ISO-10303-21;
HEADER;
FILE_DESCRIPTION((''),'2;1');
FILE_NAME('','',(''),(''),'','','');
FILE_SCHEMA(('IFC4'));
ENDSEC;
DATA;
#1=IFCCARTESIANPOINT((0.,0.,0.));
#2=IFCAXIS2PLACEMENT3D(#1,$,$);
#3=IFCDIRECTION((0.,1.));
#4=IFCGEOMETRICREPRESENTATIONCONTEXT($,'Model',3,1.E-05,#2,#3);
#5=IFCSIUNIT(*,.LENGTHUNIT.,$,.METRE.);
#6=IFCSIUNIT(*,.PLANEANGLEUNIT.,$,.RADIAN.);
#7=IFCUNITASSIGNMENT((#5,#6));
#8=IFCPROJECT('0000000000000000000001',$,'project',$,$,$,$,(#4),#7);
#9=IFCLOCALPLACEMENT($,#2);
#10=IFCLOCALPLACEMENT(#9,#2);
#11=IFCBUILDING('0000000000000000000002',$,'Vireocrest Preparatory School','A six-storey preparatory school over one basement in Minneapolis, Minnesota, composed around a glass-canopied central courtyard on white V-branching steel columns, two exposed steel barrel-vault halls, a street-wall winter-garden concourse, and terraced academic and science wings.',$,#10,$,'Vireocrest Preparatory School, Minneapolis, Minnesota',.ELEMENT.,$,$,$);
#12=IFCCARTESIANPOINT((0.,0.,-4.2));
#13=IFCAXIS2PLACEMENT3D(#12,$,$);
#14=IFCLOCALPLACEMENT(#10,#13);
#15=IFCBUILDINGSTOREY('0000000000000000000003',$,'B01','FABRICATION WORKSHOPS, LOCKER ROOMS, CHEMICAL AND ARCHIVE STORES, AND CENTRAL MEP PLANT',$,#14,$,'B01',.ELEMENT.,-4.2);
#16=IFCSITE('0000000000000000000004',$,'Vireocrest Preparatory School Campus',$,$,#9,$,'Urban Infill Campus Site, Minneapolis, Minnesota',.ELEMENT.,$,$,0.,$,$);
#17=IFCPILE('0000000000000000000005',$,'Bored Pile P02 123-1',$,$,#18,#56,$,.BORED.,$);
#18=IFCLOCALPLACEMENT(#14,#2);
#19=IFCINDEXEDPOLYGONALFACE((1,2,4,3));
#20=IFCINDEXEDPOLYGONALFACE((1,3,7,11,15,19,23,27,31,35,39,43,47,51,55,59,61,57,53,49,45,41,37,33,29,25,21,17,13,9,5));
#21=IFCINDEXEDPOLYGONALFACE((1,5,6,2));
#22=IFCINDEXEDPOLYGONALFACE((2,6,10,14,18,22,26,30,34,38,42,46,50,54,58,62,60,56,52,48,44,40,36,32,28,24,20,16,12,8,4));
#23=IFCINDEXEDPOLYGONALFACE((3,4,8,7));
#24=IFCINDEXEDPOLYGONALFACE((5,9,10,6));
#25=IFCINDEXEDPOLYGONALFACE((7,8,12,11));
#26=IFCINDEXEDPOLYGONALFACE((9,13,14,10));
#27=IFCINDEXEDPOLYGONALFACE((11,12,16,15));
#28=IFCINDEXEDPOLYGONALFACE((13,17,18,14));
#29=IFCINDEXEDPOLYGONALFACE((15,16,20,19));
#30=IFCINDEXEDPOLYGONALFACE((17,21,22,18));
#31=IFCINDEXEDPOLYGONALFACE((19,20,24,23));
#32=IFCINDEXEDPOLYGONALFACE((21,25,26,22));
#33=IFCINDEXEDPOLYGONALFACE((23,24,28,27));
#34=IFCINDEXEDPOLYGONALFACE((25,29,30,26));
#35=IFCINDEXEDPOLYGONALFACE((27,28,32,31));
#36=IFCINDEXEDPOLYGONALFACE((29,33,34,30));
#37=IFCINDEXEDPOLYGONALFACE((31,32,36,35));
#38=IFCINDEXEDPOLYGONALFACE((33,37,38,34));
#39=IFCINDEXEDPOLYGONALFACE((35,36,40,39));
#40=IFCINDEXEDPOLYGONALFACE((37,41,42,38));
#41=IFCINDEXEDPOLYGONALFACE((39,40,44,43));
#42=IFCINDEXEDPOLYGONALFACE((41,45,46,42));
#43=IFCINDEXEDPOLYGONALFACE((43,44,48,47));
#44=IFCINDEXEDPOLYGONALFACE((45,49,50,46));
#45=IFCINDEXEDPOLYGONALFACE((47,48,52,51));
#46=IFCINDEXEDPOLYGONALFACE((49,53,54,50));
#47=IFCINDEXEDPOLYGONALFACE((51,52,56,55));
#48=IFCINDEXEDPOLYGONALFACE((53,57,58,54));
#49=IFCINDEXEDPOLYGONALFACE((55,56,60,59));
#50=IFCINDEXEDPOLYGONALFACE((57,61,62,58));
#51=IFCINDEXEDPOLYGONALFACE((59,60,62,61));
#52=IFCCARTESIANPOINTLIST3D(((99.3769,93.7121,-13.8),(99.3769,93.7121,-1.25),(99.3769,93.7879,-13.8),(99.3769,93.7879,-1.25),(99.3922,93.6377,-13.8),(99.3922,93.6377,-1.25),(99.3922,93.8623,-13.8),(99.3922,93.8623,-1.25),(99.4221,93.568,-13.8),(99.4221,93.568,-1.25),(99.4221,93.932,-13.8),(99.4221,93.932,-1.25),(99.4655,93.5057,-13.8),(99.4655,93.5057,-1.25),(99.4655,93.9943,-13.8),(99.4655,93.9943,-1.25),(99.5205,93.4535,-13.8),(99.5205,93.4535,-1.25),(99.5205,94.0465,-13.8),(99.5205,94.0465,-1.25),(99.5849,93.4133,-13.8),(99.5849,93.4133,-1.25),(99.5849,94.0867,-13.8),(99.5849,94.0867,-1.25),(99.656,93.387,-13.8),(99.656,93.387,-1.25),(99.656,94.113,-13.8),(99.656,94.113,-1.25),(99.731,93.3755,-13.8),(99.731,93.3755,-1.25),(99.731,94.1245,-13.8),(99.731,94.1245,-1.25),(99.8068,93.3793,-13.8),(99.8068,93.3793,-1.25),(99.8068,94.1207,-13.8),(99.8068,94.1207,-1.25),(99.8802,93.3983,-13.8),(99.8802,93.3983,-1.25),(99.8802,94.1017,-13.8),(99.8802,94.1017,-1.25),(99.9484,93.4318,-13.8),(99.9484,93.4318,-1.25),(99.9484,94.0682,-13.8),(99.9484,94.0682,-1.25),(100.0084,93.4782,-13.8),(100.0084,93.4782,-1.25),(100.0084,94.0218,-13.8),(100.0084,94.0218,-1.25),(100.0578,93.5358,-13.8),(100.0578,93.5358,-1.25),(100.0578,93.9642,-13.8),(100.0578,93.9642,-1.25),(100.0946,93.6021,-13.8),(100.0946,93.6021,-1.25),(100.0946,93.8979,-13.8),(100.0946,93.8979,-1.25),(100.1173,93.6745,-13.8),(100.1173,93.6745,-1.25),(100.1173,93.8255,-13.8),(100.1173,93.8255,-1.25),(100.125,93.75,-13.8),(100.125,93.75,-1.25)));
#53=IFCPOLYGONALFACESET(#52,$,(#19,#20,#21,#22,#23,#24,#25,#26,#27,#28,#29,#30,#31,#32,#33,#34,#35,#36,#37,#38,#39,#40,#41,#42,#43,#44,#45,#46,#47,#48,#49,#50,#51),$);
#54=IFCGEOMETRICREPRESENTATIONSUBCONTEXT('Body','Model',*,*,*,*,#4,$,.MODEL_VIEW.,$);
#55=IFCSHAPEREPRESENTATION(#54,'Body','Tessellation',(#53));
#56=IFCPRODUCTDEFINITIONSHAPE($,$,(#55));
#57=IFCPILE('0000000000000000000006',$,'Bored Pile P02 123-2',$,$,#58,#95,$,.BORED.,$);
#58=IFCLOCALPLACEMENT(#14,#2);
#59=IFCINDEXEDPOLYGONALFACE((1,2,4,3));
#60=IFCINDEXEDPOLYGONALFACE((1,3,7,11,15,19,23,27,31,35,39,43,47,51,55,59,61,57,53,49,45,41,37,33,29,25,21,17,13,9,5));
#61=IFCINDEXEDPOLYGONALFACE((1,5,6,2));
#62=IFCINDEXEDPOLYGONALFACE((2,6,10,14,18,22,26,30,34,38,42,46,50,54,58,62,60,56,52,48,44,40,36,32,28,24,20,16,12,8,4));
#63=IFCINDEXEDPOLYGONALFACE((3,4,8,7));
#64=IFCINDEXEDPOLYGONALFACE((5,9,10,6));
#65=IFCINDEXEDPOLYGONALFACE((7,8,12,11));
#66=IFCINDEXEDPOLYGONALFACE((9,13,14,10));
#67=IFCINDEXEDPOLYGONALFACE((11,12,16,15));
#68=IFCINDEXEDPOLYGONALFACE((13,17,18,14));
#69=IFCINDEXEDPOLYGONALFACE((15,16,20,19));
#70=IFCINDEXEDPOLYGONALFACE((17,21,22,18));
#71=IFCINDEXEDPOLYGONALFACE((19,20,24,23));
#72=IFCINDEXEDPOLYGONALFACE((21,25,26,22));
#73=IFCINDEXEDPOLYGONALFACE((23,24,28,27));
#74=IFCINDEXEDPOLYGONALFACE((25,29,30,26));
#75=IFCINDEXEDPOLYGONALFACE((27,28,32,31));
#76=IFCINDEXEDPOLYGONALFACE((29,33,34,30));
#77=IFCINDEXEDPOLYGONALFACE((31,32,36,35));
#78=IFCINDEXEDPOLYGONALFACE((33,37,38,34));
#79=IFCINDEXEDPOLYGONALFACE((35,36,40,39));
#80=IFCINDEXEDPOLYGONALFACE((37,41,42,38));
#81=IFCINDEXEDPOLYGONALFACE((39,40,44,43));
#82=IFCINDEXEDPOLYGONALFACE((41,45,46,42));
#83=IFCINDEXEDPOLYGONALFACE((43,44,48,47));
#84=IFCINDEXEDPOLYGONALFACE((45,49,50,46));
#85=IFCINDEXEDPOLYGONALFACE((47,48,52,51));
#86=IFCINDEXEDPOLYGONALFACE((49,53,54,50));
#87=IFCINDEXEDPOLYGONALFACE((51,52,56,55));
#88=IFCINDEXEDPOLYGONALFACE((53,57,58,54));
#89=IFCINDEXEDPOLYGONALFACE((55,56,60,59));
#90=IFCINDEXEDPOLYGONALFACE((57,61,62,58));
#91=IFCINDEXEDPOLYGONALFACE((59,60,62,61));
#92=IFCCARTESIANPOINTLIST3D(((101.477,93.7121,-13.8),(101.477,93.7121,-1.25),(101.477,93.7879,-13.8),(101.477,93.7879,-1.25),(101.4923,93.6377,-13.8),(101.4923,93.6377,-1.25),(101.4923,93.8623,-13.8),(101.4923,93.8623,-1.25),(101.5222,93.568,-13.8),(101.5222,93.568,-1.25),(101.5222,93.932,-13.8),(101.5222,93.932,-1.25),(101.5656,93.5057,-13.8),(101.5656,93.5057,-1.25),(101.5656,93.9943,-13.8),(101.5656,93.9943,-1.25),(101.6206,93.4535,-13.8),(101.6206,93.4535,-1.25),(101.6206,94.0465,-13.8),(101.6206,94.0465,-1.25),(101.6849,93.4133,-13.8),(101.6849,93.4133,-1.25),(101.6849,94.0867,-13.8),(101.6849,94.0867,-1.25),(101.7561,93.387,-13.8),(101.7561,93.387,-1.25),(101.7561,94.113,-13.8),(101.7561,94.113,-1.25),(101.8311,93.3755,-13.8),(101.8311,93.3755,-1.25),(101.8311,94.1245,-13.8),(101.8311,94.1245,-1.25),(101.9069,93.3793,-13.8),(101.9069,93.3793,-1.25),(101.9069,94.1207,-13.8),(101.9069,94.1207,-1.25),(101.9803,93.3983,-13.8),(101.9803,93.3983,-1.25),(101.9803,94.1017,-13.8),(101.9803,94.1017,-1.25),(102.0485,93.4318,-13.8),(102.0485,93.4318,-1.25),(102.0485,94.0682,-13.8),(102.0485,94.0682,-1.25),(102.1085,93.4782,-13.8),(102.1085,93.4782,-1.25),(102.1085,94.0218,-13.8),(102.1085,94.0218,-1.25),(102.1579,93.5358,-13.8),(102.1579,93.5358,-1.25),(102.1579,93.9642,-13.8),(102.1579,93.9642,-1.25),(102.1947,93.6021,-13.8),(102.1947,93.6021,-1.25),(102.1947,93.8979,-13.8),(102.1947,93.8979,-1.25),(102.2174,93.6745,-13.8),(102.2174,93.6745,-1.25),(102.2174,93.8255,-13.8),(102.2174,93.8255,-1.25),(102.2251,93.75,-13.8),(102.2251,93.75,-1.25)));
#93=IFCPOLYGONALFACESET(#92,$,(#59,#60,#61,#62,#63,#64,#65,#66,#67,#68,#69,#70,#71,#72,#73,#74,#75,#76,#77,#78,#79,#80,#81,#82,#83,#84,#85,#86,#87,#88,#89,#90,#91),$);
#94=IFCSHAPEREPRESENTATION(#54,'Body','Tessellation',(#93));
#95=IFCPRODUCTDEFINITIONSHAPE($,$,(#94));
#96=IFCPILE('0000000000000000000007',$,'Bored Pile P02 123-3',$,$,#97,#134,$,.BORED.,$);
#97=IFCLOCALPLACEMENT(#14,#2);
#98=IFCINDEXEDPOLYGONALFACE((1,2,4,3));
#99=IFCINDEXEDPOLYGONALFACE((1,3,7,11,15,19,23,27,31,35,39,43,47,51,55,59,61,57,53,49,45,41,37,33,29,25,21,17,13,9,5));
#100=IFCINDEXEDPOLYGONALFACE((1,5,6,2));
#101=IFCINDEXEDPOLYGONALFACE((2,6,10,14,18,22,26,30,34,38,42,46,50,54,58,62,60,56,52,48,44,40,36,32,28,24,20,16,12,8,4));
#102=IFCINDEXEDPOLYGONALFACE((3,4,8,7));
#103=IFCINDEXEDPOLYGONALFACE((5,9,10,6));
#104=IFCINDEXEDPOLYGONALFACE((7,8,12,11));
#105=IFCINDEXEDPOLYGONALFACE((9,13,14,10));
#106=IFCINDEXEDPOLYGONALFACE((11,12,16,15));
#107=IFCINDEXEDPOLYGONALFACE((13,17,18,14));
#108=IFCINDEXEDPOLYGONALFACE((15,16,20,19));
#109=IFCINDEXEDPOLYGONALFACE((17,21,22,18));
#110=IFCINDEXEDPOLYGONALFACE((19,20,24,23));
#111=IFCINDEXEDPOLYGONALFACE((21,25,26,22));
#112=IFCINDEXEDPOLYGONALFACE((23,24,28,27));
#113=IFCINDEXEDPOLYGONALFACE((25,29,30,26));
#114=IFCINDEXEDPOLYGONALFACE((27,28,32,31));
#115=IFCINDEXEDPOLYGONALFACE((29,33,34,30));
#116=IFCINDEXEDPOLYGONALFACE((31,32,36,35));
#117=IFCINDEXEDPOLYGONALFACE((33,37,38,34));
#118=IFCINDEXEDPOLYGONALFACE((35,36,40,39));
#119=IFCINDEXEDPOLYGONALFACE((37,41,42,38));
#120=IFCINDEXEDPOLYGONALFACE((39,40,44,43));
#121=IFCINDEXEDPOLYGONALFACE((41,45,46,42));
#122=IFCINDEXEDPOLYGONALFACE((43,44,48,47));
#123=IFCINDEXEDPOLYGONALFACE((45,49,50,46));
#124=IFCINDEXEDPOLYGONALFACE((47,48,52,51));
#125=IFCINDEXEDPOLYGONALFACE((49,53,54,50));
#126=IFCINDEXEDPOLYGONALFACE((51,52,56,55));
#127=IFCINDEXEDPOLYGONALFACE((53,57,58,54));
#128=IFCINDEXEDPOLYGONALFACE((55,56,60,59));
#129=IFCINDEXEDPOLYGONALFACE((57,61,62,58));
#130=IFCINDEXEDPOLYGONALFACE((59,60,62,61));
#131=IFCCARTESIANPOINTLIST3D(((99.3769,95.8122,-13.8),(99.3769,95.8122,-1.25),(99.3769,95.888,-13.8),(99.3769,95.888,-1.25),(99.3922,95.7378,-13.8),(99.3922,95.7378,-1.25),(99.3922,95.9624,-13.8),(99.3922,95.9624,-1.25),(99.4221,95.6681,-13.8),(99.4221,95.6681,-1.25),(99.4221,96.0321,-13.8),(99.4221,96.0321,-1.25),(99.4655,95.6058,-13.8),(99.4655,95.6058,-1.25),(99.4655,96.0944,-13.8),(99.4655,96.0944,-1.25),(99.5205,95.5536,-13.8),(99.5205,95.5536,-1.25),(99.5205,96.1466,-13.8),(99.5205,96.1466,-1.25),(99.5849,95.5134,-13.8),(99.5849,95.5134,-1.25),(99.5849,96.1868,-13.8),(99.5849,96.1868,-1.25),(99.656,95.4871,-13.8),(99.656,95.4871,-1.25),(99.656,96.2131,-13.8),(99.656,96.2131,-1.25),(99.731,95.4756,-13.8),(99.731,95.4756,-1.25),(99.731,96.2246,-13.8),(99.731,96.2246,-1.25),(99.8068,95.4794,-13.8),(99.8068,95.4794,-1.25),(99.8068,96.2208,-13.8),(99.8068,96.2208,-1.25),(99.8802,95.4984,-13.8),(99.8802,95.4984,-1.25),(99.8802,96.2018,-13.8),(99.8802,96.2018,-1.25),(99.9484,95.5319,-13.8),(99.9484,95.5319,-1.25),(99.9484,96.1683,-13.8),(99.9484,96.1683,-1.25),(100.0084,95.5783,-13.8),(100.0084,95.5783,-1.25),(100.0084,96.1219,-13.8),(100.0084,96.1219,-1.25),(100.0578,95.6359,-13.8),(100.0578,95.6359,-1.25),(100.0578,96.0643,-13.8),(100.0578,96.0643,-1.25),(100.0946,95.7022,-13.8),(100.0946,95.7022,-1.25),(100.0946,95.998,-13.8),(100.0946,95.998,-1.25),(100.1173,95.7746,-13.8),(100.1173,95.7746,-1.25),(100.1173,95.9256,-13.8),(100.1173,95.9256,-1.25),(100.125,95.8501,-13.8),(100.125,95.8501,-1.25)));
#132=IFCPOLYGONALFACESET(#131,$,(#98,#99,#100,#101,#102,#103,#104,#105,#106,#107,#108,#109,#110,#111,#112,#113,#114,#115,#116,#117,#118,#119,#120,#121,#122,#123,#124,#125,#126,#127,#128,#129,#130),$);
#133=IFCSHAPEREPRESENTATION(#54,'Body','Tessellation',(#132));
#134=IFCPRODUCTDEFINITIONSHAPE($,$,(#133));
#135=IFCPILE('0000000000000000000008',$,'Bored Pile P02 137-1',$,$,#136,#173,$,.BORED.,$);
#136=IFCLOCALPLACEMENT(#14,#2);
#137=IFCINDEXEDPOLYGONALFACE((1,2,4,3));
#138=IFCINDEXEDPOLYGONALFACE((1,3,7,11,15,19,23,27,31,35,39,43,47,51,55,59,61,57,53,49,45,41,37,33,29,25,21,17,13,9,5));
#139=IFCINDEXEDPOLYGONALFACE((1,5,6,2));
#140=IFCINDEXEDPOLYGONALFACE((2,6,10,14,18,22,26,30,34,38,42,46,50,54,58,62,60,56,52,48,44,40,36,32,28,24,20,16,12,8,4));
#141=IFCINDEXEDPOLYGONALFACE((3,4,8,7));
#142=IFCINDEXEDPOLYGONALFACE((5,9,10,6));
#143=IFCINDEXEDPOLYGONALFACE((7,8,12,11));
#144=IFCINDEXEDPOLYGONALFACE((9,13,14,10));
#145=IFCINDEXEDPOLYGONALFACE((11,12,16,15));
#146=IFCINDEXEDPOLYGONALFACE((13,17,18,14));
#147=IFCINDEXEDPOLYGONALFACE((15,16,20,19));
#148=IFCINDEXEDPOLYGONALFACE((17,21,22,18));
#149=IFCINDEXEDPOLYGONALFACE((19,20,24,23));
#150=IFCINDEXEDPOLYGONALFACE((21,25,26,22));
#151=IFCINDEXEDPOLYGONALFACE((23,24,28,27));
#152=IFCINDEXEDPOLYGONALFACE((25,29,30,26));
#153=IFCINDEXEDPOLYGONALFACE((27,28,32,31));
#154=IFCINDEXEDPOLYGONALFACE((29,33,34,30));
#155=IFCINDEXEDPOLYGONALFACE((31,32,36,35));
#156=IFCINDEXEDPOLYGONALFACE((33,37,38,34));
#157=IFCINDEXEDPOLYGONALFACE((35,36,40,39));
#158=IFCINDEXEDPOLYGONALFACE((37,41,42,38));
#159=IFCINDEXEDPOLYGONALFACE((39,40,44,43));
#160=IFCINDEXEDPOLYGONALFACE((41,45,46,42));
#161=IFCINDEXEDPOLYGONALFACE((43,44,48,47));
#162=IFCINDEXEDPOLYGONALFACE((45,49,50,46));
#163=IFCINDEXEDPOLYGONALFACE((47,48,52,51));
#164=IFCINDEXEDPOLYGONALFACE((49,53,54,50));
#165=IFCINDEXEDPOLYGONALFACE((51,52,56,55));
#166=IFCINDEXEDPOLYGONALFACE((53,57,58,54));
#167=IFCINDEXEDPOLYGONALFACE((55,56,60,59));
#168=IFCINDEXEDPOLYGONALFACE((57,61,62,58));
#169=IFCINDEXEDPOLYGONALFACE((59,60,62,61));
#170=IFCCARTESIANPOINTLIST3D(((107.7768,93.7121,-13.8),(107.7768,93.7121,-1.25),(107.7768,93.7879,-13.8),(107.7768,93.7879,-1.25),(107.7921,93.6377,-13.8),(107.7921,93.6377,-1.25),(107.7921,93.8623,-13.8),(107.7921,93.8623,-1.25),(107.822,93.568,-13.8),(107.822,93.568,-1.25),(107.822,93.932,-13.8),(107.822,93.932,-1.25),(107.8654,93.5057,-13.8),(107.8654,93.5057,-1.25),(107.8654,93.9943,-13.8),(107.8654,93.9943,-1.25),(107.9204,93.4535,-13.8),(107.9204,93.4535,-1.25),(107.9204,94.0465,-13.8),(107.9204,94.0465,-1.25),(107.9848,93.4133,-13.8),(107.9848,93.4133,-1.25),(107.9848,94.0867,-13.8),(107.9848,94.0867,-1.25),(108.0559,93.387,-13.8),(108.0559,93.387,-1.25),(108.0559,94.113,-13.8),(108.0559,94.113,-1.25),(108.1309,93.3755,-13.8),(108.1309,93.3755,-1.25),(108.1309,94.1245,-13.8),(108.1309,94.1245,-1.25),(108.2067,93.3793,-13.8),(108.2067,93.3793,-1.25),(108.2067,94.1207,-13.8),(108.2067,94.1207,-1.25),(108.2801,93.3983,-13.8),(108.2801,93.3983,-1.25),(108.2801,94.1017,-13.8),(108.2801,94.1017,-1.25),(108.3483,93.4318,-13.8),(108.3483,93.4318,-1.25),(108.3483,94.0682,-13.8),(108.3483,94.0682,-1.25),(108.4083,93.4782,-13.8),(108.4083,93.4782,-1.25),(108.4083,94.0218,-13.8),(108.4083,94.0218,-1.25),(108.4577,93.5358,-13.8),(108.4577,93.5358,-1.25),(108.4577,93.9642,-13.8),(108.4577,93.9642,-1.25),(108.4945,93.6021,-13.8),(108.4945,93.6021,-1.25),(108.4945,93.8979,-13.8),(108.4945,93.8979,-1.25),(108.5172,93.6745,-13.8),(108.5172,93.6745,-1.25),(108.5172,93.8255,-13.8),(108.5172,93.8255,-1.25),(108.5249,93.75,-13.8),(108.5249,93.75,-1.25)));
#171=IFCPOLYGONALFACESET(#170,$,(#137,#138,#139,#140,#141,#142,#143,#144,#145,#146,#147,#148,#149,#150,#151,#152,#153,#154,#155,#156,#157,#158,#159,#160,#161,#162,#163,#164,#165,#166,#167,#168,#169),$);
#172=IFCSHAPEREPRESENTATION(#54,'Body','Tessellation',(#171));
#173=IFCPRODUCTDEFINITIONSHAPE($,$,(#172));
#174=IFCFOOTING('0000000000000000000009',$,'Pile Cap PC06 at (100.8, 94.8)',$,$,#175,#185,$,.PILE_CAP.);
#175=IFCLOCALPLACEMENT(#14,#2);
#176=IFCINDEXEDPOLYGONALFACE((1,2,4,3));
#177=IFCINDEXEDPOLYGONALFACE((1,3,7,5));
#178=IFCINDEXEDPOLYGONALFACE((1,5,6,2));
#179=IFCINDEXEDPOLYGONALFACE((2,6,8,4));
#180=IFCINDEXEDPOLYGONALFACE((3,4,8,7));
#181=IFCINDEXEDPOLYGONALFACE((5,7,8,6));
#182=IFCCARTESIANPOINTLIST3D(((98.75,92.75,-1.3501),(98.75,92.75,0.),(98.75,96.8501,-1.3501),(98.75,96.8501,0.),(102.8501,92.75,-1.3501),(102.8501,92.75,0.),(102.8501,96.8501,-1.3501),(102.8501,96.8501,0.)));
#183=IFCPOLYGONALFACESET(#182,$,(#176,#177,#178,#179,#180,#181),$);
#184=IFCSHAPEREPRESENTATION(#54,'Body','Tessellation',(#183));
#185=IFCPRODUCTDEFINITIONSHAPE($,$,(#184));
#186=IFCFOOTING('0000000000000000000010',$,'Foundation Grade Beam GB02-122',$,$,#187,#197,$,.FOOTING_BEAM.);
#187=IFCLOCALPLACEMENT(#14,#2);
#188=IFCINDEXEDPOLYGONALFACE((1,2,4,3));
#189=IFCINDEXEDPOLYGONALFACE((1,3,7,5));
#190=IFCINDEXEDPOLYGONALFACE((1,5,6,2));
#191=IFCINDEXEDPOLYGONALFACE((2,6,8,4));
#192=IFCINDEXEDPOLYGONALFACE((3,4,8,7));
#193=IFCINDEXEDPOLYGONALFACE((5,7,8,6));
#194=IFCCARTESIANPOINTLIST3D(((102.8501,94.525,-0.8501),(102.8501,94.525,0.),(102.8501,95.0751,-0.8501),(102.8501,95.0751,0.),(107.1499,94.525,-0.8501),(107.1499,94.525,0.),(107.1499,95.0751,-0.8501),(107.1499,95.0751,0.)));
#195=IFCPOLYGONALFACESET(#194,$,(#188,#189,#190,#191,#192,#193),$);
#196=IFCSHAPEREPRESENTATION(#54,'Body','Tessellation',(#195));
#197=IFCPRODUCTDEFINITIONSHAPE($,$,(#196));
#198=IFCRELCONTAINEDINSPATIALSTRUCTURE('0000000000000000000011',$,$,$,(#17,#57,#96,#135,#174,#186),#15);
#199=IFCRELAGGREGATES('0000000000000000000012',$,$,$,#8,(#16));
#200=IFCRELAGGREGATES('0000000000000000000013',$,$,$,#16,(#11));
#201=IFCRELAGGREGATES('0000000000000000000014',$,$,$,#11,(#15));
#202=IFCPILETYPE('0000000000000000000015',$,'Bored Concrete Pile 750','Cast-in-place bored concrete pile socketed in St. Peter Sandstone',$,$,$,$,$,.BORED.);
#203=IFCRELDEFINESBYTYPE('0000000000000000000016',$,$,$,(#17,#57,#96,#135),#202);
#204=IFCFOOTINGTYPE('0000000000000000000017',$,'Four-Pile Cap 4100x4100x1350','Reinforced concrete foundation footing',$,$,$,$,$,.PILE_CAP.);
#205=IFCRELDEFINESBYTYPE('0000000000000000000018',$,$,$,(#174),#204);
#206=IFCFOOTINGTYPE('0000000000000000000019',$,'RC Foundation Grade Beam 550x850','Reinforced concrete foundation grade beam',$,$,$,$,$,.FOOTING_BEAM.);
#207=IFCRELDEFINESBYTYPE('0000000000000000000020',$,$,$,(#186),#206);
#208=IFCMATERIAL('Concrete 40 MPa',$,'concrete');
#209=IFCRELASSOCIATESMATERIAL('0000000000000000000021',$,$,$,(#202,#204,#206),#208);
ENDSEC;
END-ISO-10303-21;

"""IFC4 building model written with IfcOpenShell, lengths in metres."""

from ifc_helpers import new_model, si_unit, direction, frame, origin, origin_2d, place, context, subcontext, project, spatial, rectangle, circle, extrude, material, material_profile, profile_set, type_object, element, save


model = new_model("IFC4")

# Units and contexts
model_context = context("Model", 3, precision=1e-05, world=origin(), true_north=direction((0.0, 1.0)))
body_context = subcontext(model_context, "Body", "Model", "MODEL_VIEW")
ifc_project = project(units=[si_unit("LENGTHUNIT", "METRE"), si_unit("PLANEANGLEUNIT", "RADIAN")], contexts=[model_context])

# Site, building, storey
site_placement = place(None, origin())
site = spatial("IfcSite", under=ifc_project, at=site_placement, Name="Vireocrest Preparatory School Campus", LongName="Urban Infill Campus Site, Minneapolis, Minnesota", CompositionType="ELEMENT", RefElevation=0.0)
building_placement = place(site_placement, origin())
building = spatial("IfcBuilding", under=site, at=building_placement, Name="Vireocrest Preparatory School", Description="A six-storey preparatory school over one basement in Minneapolis, Minnesota, composed around a glass-canopied central courtyard on white V-branching steel columns, two exposed steel barrel-vault halls, a street-wall winter-garden concourse, and terraced academic and science wings.", LongName="Vireocrest Preparatory School, Minneapolis, Minnesota", CompositionType="ELEMENT")
storey_placement = place(building_placement, frame((0.0, 0.0, -4.2)))
storey = spatial("IfcBuildingStorey", under=building, at=storey_placement, Name="B01", Description="FABRICATION WORKSHOPS, LOCKER ROOMS, CHEMICAL AND ARCHIVE STORES, AND CENTRAL MEP PLANT", LongName="B01", CompositionType="ELEMENT", Elevation=-4.2)

# Piles
ifc_material_1 = material(Name="Concrete 40 MPa", Category="concrete")
ifc_material_profile_1 = material_profile(ifc_material_1, circle(Radius=0.375, at=origin_2d()), Name="BORED PILE 750")
ifc_profile_set_1 = profile_set([ifc_material_profile_1], Name="Concrete 40 MPa")
pile_type_1 = type_object("IfcPileType", Name="Bored Concrete Pile 750", Description="Cast-in-place bored concrete pile socketed in St. Peter Sandstone", PredefinedType="BORED", material=ifc_profile_set_1)
for number, where, z_axis, x_axis, name in (
    (1, (99.75, 93.75, -1.25), (0.0, 0.0, -1.0), (1.0, 0.0, 0.0), "Bored Pile P02 123-1"),
    (2, (101.8501, 93.75, -1.25), (0.0, 0.0, -1.0), (1.0, 0.0, 0.0), "Bored Pile P02 123-2"),
    (3, (99.75, 95.8501, -1.25), (0.0, 0.0, -1.0), (1.0, 0.0, 0.0), "Bored Pile P02 123-3"),
    (4, (108.1499, 93.75, -1.25), (0.0, 0.0, -1.0), (1.0, 0.0, 0.0), "Bored Pile P02 137-1"),
):
    element("IfcPile", number, at=place(storey_placement, frame(where, z_axis=z_axis, x_axis=x_axis)), inside=storey, type_object=pile_type_1, Name=name, PredefinedType="BORED", context=body_context, shape_type="SweptSolid", body=[
        extrude(circle(Radius=0.375, at=origin_2d()), origin(), (0.0, 0.0, 1.0), 12.55),
    ])

# Footings
footing_type_1 = type_object("IfcFootingType", Name="Four-Pile Cap 4100x4100x1350", Description="Reinforced concrete foundation footing", PredefinedType="PILE_CAP", material=ifc_material_1)
footing_1_placement = place(storey_placement, frame((100.8, 94.8, -1.3501), z_axis=(0.0, 0.0, 1.0), x_axis=(1.0, 0.0, 0.0)))
element("IfcFooting", 5, at=footing_1_placement, inside=storey, type_object=footing_type_1, Name="Pile Cap PC06 at (100.8, 94.8)", PredefinedType="PILE_CAP", context=body_context, shape_type="SweptSolid", body=[
    extrude(rectangle(XDim=4.1001, YDim=4.1001, at=origin_2d()), origin(), (0.0, 0.0, 1.0), 1.3501),
])
ifc_material_profile_2 = material_profile(ifc_material_1, rectangle(XDim=0.55, YDim=0.8501, at=origin_2d()), Name="GB 550x850")
ifc_profile_set_2 = profile_set([ifc_material_profile_2], Name="Concrete 40 MPa")
footing_type_2 = type_object("IfcFootingType", Name="RC Foundation Grade Beam 550x850", Description="Reinforced concrete foundation grade beam", PredefinedType="FOOTING_BEAM", material=ifc_profile_set_2)
footing_2_placement = place(storey_placement, frame((102.8501, 94.8, -0.425), z_axis=(1.0, 0.0, 0.0), x_axis=(0.0, 1.0, 0.0)))
element("IfcFooting", 6, at=footing_2_placement, inside=storey, type_object=footing_type_2, Name="Foundation Grade Beam GB02-122", PredefinedType="FOOTING_BEAM", context=body_context, shape_type="SweptSolid", body=[
    extrude(rectangle(XDim=0.55, YDim=0.8501, at=origin_2d()), origin(), (0.0, 0.0, 1.0), 4.2998),
])

save(model, "model.ifc")
